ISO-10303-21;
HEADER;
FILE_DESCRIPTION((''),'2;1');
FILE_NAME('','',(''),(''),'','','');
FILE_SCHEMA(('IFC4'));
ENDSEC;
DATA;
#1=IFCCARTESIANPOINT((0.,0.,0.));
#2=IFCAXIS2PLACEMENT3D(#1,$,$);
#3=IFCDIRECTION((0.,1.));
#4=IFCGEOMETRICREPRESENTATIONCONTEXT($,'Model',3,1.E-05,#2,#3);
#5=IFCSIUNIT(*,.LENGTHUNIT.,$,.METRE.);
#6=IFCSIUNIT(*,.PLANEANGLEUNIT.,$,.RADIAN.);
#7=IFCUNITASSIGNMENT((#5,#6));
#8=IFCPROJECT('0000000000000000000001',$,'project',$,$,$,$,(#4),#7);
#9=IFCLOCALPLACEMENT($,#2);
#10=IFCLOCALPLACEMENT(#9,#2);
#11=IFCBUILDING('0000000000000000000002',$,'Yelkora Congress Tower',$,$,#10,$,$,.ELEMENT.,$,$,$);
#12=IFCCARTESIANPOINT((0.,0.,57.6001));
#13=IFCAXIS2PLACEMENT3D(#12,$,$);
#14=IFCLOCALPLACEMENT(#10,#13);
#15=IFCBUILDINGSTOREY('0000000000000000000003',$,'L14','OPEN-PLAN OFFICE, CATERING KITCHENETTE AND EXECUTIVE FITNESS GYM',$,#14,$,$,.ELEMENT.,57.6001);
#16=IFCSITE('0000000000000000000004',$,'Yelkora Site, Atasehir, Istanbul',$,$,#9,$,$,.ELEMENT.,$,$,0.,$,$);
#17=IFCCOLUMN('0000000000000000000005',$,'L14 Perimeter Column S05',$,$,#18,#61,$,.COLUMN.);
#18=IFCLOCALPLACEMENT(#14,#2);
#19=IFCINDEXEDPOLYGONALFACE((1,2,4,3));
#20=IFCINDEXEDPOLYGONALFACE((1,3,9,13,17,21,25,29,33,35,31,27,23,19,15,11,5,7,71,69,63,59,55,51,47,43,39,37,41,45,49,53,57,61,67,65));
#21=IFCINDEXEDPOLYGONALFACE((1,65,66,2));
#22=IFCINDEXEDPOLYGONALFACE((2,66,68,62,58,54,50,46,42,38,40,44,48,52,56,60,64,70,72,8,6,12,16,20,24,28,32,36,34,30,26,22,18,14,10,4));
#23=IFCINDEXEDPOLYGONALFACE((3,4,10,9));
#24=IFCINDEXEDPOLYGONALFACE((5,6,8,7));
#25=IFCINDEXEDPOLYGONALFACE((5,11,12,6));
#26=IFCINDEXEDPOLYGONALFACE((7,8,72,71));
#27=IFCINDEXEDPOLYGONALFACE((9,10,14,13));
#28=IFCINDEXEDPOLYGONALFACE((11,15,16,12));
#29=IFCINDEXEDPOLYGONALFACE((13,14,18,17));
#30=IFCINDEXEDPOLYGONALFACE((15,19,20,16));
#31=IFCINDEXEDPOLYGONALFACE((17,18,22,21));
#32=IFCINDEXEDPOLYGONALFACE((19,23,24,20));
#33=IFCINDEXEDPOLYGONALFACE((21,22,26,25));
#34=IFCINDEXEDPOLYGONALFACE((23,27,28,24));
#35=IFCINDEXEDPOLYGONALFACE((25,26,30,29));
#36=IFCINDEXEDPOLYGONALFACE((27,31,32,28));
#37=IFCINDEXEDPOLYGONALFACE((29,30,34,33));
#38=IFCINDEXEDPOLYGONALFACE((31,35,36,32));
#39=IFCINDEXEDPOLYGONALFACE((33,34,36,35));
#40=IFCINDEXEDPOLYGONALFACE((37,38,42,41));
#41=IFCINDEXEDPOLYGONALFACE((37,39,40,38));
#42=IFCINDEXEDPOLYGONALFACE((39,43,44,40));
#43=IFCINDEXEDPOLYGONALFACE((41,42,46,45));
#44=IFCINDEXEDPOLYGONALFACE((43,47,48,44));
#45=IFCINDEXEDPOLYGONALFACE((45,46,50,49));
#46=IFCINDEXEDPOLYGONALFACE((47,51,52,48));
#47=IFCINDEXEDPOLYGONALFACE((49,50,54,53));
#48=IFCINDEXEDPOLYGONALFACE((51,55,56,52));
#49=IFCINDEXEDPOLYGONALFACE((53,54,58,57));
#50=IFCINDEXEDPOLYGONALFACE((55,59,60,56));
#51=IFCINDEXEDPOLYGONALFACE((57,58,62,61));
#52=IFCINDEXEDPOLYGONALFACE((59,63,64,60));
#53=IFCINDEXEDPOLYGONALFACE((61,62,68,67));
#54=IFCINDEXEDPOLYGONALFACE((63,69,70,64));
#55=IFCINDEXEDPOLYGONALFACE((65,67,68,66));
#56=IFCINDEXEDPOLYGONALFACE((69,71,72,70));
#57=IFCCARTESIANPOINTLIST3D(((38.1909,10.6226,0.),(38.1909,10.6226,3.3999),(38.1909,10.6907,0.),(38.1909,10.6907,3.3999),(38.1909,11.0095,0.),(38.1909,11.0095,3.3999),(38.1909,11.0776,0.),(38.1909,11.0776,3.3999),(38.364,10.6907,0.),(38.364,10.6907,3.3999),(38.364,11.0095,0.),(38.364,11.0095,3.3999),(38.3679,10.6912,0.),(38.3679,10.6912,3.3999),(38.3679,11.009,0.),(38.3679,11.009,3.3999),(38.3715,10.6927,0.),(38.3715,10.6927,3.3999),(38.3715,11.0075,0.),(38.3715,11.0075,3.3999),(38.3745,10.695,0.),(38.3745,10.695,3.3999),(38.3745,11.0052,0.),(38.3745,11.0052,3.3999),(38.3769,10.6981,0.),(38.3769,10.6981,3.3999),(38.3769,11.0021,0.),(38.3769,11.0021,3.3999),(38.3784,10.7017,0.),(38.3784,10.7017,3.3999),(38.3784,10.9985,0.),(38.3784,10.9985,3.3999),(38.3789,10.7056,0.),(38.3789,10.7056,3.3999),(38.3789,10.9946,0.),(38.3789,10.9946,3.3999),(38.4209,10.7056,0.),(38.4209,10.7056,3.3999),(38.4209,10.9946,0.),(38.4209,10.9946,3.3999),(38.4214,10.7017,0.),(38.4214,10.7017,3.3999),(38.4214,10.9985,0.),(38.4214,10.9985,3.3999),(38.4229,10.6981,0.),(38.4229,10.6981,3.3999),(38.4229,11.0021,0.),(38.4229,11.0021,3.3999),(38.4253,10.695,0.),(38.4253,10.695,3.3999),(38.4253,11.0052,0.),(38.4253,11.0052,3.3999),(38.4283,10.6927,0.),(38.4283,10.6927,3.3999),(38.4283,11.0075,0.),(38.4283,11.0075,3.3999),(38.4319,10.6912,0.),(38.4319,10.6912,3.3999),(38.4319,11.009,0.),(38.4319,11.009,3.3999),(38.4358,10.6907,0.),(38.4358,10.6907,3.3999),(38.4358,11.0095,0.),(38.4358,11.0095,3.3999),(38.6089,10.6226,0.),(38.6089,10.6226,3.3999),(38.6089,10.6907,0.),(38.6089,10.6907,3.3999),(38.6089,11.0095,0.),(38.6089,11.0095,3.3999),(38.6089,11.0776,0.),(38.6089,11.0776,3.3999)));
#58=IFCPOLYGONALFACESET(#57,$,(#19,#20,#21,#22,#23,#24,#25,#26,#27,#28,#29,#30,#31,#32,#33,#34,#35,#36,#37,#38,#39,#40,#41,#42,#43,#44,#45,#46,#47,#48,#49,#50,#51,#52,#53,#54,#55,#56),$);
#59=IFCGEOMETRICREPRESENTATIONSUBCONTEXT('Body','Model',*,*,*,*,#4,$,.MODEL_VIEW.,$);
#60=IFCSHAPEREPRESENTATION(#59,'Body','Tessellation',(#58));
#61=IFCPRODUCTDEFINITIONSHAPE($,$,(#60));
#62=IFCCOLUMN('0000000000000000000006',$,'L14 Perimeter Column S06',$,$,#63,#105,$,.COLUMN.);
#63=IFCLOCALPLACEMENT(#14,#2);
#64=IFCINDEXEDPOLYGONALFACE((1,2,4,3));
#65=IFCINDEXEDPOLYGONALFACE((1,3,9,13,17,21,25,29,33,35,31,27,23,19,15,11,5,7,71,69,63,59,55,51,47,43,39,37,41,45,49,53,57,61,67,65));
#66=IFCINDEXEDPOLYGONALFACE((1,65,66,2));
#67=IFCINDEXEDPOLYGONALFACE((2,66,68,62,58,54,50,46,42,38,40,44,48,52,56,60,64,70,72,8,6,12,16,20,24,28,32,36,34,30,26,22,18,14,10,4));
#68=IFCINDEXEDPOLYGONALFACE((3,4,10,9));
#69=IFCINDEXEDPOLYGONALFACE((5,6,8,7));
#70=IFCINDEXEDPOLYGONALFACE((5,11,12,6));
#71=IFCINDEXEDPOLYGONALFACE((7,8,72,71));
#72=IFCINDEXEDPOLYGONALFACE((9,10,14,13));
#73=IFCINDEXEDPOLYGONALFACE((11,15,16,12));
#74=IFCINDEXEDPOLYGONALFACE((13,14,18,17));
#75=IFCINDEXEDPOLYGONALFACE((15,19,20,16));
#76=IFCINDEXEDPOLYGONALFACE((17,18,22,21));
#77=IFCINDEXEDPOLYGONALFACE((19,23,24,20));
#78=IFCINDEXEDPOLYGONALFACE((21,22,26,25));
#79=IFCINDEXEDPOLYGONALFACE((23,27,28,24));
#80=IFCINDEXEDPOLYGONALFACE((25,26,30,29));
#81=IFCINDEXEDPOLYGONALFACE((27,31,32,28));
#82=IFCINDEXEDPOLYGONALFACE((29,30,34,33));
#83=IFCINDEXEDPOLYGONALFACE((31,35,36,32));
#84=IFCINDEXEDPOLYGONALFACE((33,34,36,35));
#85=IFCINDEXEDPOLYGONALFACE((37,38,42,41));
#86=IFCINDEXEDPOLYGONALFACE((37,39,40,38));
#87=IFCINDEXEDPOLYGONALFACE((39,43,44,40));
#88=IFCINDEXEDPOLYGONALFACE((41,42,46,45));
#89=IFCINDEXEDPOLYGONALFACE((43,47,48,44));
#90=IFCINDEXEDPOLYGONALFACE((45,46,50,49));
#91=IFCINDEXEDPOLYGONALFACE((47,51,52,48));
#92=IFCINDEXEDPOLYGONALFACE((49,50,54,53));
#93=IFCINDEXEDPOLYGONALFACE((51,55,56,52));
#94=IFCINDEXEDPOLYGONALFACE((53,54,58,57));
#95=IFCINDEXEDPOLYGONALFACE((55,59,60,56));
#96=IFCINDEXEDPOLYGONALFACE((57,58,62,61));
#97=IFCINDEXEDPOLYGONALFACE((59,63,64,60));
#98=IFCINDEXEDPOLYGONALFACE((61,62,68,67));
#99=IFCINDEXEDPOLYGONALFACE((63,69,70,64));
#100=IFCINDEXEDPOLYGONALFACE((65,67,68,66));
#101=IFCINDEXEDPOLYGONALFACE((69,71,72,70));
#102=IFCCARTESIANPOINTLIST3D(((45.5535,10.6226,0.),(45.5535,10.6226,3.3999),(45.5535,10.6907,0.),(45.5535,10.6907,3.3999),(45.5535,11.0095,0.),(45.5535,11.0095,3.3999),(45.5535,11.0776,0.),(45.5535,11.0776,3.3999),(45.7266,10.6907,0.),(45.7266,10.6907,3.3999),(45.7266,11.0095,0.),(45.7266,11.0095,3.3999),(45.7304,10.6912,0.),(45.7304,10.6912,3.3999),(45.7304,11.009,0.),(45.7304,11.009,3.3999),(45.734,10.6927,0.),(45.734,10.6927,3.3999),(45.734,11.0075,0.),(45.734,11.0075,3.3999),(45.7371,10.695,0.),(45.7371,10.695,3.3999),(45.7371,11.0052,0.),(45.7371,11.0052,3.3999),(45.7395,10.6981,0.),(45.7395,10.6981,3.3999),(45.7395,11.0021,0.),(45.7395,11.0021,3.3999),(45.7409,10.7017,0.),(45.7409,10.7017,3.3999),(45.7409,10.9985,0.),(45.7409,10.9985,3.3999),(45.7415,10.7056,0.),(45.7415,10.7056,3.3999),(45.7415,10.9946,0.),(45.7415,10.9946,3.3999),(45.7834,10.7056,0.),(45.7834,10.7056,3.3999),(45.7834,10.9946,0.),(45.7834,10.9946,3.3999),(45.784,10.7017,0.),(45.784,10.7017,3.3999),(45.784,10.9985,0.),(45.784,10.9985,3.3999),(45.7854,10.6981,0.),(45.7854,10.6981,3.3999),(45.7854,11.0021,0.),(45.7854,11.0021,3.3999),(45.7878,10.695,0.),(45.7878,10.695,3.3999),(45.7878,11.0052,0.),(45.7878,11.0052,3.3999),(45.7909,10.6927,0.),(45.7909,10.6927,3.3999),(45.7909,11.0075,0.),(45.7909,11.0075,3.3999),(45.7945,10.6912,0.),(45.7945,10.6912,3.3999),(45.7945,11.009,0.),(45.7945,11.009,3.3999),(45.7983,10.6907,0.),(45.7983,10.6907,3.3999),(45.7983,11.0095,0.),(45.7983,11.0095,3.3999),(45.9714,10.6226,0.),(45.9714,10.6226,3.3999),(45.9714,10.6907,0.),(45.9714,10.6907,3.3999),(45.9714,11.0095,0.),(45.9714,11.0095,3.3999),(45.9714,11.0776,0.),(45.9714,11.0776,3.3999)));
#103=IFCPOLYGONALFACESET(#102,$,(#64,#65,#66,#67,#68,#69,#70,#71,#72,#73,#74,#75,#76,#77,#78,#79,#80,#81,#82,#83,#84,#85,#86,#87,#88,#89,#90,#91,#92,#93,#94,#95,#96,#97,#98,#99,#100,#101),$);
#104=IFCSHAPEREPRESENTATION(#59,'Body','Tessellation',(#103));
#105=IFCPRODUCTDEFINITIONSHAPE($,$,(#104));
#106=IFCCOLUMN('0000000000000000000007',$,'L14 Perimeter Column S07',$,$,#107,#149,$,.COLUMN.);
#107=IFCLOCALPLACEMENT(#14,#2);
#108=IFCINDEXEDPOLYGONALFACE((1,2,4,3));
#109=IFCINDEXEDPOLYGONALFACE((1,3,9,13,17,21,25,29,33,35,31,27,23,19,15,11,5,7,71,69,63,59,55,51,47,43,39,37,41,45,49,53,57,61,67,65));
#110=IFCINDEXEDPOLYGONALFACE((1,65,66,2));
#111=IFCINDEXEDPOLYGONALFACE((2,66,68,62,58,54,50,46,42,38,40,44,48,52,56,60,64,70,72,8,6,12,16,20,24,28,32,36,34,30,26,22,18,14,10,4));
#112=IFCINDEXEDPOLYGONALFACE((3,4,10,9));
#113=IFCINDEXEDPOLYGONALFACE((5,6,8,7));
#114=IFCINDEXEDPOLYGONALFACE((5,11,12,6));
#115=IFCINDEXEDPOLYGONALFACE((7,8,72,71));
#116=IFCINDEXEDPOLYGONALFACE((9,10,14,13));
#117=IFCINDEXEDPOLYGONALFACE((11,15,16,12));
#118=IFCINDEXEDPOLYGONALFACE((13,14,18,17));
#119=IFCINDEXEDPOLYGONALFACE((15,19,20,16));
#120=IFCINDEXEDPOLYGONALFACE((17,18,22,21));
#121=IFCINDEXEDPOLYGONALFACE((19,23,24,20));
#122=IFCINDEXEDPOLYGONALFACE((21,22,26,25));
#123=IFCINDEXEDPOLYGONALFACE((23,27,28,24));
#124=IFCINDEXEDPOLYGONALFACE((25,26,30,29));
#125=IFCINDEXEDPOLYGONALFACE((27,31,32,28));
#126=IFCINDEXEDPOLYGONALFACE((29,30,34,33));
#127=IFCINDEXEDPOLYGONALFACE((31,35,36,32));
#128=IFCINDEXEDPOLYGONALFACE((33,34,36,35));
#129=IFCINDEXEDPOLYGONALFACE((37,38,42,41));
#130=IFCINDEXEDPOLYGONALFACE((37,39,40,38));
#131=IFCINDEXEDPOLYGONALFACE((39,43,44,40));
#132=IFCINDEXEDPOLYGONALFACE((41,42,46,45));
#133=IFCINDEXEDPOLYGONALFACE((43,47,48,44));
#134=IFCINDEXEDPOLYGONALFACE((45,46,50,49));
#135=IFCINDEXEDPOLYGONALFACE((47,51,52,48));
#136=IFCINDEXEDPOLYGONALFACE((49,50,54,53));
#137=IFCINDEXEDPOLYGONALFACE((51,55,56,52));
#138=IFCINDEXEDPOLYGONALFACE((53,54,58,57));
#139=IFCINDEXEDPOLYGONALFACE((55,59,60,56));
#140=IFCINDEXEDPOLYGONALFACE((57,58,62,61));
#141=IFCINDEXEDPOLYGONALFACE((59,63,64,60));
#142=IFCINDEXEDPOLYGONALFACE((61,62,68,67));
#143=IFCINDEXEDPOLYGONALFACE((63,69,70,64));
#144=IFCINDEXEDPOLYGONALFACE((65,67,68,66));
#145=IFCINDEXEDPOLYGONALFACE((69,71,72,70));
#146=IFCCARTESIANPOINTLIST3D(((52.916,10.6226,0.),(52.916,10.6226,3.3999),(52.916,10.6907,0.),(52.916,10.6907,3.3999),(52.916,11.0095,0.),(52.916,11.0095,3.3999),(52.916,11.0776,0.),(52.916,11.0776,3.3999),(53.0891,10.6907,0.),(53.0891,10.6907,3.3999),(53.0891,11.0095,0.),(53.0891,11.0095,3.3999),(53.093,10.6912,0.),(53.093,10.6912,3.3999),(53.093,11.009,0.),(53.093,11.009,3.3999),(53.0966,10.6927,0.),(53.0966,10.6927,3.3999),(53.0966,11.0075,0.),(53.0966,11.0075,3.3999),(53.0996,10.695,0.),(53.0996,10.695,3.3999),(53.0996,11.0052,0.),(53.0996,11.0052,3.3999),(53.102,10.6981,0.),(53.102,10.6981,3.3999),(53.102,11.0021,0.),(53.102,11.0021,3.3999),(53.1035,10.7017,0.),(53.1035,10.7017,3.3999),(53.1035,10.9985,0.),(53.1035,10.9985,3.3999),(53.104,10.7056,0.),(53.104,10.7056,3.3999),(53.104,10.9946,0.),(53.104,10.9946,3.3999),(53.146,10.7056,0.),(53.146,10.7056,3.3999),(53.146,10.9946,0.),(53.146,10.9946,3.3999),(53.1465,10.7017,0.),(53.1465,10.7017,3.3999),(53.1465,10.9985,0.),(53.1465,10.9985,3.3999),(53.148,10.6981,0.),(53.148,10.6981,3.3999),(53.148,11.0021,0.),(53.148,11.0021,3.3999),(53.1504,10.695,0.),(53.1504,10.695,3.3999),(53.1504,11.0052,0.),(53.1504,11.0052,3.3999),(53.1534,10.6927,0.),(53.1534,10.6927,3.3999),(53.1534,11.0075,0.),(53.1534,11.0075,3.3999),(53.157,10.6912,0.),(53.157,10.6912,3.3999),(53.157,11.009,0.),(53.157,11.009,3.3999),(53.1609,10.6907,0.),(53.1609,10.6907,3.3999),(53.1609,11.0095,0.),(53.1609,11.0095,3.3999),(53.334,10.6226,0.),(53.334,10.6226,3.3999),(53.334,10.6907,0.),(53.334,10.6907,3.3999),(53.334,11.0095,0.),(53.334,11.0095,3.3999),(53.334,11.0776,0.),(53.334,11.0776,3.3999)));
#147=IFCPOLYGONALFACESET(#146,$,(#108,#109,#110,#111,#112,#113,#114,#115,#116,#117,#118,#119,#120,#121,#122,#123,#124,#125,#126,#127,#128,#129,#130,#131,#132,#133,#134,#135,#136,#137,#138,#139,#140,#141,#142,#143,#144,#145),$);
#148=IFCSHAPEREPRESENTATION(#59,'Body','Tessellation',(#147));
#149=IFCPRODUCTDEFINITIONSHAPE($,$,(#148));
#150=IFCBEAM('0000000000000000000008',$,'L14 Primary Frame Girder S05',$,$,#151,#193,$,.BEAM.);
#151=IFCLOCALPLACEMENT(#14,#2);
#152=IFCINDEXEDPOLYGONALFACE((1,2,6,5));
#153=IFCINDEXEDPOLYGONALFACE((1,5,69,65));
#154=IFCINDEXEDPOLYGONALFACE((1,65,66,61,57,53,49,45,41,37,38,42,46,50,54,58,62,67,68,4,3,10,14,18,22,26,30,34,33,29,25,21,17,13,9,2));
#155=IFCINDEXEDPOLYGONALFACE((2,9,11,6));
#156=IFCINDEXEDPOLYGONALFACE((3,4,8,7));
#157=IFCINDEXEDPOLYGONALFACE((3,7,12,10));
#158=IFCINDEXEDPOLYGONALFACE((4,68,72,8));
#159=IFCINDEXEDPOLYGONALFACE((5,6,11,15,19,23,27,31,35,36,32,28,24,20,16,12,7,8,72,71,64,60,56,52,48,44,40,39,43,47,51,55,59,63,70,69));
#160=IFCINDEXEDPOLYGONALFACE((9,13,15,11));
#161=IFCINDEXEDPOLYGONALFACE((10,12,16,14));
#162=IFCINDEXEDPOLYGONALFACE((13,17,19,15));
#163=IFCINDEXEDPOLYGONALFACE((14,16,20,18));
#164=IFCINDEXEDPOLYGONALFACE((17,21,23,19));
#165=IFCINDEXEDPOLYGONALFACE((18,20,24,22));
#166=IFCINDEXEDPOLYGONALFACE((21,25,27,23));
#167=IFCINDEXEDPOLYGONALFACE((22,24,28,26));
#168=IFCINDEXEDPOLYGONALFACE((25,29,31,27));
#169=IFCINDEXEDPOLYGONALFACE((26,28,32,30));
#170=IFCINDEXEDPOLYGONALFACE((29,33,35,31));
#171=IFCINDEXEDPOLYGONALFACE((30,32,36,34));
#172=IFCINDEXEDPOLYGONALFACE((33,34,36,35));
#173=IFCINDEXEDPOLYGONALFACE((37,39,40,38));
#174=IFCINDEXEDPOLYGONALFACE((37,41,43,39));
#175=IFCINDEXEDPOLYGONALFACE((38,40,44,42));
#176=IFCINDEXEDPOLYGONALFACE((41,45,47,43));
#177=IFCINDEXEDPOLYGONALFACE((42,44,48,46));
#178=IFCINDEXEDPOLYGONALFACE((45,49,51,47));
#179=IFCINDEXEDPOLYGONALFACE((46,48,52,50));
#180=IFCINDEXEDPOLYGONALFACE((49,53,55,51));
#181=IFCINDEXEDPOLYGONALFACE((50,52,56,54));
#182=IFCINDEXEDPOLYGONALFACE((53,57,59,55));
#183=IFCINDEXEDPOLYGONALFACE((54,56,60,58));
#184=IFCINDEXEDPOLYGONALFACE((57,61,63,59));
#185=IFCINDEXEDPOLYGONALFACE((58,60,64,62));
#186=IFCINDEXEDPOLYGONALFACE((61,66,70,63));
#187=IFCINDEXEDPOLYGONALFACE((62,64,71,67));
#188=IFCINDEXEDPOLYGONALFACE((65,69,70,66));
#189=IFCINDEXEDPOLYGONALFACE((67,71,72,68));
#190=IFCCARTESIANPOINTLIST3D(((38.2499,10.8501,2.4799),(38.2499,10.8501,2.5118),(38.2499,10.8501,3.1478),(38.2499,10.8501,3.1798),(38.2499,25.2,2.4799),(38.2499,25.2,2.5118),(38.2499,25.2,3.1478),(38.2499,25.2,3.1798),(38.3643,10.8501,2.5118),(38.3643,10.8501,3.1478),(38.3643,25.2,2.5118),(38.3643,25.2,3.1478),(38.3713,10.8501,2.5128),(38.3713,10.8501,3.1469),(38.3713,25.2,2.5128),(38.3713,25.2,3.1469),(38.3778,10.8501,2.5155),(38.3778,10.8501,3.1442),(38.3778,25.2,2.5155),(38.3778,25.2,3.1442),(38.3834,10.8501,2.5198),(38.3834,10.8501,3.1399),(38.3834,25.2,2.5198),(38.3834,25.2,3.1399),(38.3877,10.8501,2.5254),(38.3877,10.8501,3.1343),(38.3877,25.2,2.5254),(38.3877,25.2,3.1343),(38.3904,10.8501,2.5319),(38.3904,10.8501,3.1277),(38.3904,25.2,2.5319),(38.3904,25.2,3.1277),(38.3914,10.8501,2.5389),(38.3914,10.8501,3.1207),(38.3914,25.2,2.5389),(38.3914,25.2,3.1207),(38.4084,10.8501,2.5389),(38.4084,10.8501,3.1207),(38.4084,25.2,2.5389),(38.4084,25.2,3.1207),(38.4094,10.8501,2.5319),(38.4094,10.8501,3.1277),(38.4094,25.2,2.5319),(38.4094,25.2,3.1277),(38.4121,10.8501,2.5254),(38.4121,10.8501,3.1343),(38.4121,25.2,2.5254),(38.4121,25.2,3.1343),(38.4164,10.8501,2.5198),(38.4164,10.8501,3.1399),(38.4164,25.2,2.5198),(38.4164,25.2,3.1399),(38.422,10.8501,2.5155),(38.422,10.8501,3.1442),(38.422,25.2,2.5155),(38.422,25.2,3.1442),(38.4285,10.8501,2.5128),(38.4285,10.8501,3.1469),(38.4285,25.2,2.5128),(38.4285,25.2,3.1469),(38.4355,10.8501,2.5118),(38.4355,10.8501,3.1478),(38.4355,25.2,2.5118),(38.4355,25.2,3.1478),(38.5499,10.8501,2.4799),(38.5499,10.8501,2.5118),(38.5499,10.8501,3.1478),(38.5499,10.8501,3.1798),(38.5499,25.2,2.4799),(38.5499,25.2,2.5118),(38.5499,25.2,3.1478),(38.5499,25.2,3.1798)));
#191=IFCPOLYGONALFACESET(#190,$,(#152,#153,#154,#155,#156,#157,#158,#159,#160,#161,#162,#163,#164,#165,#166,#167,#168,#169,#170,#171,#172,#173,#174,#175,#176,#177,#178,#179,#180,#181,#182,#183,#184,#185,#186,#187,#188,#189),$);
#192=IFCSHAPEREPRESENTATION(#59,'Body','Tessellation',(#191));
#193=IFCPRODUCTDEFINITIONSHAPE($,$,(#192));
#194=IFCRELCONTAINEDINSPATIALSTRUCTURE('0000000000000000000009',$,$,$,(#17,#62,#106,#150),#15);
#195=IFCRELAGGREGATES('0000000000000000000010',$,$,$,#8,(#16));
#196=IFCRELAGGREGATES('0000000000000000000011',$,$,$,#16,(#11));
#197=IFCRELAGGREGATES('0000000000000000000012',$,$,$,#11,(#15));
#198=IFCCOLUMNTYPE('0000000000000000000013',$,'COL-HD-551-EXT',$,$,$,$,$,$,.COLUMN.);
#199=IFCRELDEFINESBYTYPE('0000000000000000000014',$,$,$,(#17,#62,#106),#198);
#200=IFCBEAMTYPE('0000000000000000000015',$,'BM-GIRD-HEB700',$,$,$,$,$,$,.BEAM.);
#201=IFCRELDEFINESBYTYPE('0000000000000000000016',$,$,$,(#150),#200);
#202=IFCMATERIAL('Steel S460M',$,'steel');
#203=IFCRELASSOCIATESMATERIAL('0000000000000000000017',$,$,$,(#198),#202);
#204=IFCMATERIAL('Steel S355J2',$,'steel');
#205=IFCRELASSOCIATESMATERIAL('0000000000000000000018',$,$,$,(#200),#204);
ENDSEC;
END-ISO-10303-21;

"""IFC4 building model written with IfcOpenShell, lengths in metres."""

from ifc_helpers import new_model, si_unit, direction, frame, origin, origin_2d, place, context, subcontext, project, spatial, i_section, extrude, material, material_profile, profile_set, type_object, element, save


model = new_model("IFC4")

# Units and contexts
model_context = context("Model", 3, precision=1e-05, world=origin(), true_north=direction((0.0, 1.0)))
body_context = subcontext(model_context, "Body", "Model", "MODEL_VIEW")
ifc_project = project(units=[si_unit("LENGTHUNIT", "METRE"), si_unit("PLANEANGLEUNIT", "RADIAN")], contexts=[model_context])

# Site, building, storey
site_placement = place(None, origin())
site = spatial("IfcSite", under=ifc_project, at=site_placement, Name="Yelkora Site, Atasehir, Istanbul", CompositionType="ELEMENT", RefElevation=0.0)
building_placement = place(site_placement, origin())
building = spatial("IfcBuilding", under=site, at=building_placement, Name="Yelkora Congress Tower", CompositionType="ELEMENT")
storey_placement = place(building_placement, frame((0.0, 0.0, 57.6001)))
storey = spatial("IfcBuildingStorey", under=building, at=storey_placement, Name="L14", Description="OPEN-PLAN OFFICE, CATERING KITCHENETTE AND EXECUTIVE FITNESS GYM", CompositionType="ELEMENT", Elevation=57.6001)

# Columns
ifc_material_1 = material(Name="Steel S460M", Category="steel")
ifc_material_profile_1 = material_profile(ifc_material_1, i_section(OverallWidth=0.418, OverallDepth=0.4551, WebThickness=0.042, FlangeThickness=0.0681, FilletRadius=0.0149, at=origin_2d()), Name="HD 400x551")
ifc_profile_set_1 = profile_set([ifc_material_profile_1], Name="Steel S460M")
column_type = type_object("IfcColumnType", Name="COL-HD-551-EXT", PredefinedType="COLUMN", material=ifc_profile_set_1)
for number, where, z_axis, x_axis, name in (
    (1, (38.3999, 10.8501, 0.0), (0.0, 0.0, 1.0), (1.0, 0.0, 0.0), "L14 Perimeter Column S05"),
    (2, (45.7625, 10.8501, 0.0), (0.0, 0.0, 1.0), (1.0, 0.0, 0.0), "L14 Perimeter Column S06"),
    (3, (53.125, 10.8501, 0.0), (0.0, 0.0, 1.0), (1.0, 0.0, 0.0), "L14 Perimeter Column S07"),
):
    element("IfcColumn", number, at=place(storey_placement, frame(where, z_axis=z_axis, x_axis=x_axis)), inside=storey, type_object=column_type, Name=name, PredefinedType="COLUMN", context=body_context, shape_type="SweptSolid", body=[
        extrude(i_section(OverallWidth=0.418, OverallDepth=0.4551, WebThickness=0.042, FlangeThickness=0.0681, FilletRadius=0.0149, at=origin_2d()), origin(), (0.0, 0.0, 1.0), 3.3999),
    ])

# Beam
ifc_material_2 = material(Name="Steel S355J2", Category="steel")
ifc_material_profile_2 = material_profile(ifc_material_2, i_section(OverallWidth=0.3, OverallDepth=0.7, WebThickness=0.0171, FlangeThickness=0.032, FilletRadius=0.0271, at=origin_2d()), Name="HEB 700")
ifc_profile_set_2 = profile_set([ifc_material_profile_2], Name="Steel S355J2")
beam_type_1 = type_object("IfcBeamType", Name="BM-GIRD-HEB700", PredefinedType="BEAM", material=ifc_profile_set_2)
beam_1_placement = place(storey_placement, frame((38.3999, 10.8501, 2.8298), z_axis=(0.0, 1.0, 0.0), x_axis=(-1.0, 0.0, 0.0)))
element("IfcBeam", 4, at=beam_1_placement, inside=storey, type_object=beam_type_1, Name="L14 Primary Frame Girder S05", PredefinedType="BEAM", context=body_context, shape_type="SweptSolid", body=[
    extrude(i_section(OverallWidth=0.3, OverallDepth=0.7, WebThickness=0.0171, FlangeThickness=0.032, FilletRadius=0.0271, at=origin_2d()), origin(), (0.0, 0.0, 1.0), 14.3499),
])

save(model, "model.ifc")
